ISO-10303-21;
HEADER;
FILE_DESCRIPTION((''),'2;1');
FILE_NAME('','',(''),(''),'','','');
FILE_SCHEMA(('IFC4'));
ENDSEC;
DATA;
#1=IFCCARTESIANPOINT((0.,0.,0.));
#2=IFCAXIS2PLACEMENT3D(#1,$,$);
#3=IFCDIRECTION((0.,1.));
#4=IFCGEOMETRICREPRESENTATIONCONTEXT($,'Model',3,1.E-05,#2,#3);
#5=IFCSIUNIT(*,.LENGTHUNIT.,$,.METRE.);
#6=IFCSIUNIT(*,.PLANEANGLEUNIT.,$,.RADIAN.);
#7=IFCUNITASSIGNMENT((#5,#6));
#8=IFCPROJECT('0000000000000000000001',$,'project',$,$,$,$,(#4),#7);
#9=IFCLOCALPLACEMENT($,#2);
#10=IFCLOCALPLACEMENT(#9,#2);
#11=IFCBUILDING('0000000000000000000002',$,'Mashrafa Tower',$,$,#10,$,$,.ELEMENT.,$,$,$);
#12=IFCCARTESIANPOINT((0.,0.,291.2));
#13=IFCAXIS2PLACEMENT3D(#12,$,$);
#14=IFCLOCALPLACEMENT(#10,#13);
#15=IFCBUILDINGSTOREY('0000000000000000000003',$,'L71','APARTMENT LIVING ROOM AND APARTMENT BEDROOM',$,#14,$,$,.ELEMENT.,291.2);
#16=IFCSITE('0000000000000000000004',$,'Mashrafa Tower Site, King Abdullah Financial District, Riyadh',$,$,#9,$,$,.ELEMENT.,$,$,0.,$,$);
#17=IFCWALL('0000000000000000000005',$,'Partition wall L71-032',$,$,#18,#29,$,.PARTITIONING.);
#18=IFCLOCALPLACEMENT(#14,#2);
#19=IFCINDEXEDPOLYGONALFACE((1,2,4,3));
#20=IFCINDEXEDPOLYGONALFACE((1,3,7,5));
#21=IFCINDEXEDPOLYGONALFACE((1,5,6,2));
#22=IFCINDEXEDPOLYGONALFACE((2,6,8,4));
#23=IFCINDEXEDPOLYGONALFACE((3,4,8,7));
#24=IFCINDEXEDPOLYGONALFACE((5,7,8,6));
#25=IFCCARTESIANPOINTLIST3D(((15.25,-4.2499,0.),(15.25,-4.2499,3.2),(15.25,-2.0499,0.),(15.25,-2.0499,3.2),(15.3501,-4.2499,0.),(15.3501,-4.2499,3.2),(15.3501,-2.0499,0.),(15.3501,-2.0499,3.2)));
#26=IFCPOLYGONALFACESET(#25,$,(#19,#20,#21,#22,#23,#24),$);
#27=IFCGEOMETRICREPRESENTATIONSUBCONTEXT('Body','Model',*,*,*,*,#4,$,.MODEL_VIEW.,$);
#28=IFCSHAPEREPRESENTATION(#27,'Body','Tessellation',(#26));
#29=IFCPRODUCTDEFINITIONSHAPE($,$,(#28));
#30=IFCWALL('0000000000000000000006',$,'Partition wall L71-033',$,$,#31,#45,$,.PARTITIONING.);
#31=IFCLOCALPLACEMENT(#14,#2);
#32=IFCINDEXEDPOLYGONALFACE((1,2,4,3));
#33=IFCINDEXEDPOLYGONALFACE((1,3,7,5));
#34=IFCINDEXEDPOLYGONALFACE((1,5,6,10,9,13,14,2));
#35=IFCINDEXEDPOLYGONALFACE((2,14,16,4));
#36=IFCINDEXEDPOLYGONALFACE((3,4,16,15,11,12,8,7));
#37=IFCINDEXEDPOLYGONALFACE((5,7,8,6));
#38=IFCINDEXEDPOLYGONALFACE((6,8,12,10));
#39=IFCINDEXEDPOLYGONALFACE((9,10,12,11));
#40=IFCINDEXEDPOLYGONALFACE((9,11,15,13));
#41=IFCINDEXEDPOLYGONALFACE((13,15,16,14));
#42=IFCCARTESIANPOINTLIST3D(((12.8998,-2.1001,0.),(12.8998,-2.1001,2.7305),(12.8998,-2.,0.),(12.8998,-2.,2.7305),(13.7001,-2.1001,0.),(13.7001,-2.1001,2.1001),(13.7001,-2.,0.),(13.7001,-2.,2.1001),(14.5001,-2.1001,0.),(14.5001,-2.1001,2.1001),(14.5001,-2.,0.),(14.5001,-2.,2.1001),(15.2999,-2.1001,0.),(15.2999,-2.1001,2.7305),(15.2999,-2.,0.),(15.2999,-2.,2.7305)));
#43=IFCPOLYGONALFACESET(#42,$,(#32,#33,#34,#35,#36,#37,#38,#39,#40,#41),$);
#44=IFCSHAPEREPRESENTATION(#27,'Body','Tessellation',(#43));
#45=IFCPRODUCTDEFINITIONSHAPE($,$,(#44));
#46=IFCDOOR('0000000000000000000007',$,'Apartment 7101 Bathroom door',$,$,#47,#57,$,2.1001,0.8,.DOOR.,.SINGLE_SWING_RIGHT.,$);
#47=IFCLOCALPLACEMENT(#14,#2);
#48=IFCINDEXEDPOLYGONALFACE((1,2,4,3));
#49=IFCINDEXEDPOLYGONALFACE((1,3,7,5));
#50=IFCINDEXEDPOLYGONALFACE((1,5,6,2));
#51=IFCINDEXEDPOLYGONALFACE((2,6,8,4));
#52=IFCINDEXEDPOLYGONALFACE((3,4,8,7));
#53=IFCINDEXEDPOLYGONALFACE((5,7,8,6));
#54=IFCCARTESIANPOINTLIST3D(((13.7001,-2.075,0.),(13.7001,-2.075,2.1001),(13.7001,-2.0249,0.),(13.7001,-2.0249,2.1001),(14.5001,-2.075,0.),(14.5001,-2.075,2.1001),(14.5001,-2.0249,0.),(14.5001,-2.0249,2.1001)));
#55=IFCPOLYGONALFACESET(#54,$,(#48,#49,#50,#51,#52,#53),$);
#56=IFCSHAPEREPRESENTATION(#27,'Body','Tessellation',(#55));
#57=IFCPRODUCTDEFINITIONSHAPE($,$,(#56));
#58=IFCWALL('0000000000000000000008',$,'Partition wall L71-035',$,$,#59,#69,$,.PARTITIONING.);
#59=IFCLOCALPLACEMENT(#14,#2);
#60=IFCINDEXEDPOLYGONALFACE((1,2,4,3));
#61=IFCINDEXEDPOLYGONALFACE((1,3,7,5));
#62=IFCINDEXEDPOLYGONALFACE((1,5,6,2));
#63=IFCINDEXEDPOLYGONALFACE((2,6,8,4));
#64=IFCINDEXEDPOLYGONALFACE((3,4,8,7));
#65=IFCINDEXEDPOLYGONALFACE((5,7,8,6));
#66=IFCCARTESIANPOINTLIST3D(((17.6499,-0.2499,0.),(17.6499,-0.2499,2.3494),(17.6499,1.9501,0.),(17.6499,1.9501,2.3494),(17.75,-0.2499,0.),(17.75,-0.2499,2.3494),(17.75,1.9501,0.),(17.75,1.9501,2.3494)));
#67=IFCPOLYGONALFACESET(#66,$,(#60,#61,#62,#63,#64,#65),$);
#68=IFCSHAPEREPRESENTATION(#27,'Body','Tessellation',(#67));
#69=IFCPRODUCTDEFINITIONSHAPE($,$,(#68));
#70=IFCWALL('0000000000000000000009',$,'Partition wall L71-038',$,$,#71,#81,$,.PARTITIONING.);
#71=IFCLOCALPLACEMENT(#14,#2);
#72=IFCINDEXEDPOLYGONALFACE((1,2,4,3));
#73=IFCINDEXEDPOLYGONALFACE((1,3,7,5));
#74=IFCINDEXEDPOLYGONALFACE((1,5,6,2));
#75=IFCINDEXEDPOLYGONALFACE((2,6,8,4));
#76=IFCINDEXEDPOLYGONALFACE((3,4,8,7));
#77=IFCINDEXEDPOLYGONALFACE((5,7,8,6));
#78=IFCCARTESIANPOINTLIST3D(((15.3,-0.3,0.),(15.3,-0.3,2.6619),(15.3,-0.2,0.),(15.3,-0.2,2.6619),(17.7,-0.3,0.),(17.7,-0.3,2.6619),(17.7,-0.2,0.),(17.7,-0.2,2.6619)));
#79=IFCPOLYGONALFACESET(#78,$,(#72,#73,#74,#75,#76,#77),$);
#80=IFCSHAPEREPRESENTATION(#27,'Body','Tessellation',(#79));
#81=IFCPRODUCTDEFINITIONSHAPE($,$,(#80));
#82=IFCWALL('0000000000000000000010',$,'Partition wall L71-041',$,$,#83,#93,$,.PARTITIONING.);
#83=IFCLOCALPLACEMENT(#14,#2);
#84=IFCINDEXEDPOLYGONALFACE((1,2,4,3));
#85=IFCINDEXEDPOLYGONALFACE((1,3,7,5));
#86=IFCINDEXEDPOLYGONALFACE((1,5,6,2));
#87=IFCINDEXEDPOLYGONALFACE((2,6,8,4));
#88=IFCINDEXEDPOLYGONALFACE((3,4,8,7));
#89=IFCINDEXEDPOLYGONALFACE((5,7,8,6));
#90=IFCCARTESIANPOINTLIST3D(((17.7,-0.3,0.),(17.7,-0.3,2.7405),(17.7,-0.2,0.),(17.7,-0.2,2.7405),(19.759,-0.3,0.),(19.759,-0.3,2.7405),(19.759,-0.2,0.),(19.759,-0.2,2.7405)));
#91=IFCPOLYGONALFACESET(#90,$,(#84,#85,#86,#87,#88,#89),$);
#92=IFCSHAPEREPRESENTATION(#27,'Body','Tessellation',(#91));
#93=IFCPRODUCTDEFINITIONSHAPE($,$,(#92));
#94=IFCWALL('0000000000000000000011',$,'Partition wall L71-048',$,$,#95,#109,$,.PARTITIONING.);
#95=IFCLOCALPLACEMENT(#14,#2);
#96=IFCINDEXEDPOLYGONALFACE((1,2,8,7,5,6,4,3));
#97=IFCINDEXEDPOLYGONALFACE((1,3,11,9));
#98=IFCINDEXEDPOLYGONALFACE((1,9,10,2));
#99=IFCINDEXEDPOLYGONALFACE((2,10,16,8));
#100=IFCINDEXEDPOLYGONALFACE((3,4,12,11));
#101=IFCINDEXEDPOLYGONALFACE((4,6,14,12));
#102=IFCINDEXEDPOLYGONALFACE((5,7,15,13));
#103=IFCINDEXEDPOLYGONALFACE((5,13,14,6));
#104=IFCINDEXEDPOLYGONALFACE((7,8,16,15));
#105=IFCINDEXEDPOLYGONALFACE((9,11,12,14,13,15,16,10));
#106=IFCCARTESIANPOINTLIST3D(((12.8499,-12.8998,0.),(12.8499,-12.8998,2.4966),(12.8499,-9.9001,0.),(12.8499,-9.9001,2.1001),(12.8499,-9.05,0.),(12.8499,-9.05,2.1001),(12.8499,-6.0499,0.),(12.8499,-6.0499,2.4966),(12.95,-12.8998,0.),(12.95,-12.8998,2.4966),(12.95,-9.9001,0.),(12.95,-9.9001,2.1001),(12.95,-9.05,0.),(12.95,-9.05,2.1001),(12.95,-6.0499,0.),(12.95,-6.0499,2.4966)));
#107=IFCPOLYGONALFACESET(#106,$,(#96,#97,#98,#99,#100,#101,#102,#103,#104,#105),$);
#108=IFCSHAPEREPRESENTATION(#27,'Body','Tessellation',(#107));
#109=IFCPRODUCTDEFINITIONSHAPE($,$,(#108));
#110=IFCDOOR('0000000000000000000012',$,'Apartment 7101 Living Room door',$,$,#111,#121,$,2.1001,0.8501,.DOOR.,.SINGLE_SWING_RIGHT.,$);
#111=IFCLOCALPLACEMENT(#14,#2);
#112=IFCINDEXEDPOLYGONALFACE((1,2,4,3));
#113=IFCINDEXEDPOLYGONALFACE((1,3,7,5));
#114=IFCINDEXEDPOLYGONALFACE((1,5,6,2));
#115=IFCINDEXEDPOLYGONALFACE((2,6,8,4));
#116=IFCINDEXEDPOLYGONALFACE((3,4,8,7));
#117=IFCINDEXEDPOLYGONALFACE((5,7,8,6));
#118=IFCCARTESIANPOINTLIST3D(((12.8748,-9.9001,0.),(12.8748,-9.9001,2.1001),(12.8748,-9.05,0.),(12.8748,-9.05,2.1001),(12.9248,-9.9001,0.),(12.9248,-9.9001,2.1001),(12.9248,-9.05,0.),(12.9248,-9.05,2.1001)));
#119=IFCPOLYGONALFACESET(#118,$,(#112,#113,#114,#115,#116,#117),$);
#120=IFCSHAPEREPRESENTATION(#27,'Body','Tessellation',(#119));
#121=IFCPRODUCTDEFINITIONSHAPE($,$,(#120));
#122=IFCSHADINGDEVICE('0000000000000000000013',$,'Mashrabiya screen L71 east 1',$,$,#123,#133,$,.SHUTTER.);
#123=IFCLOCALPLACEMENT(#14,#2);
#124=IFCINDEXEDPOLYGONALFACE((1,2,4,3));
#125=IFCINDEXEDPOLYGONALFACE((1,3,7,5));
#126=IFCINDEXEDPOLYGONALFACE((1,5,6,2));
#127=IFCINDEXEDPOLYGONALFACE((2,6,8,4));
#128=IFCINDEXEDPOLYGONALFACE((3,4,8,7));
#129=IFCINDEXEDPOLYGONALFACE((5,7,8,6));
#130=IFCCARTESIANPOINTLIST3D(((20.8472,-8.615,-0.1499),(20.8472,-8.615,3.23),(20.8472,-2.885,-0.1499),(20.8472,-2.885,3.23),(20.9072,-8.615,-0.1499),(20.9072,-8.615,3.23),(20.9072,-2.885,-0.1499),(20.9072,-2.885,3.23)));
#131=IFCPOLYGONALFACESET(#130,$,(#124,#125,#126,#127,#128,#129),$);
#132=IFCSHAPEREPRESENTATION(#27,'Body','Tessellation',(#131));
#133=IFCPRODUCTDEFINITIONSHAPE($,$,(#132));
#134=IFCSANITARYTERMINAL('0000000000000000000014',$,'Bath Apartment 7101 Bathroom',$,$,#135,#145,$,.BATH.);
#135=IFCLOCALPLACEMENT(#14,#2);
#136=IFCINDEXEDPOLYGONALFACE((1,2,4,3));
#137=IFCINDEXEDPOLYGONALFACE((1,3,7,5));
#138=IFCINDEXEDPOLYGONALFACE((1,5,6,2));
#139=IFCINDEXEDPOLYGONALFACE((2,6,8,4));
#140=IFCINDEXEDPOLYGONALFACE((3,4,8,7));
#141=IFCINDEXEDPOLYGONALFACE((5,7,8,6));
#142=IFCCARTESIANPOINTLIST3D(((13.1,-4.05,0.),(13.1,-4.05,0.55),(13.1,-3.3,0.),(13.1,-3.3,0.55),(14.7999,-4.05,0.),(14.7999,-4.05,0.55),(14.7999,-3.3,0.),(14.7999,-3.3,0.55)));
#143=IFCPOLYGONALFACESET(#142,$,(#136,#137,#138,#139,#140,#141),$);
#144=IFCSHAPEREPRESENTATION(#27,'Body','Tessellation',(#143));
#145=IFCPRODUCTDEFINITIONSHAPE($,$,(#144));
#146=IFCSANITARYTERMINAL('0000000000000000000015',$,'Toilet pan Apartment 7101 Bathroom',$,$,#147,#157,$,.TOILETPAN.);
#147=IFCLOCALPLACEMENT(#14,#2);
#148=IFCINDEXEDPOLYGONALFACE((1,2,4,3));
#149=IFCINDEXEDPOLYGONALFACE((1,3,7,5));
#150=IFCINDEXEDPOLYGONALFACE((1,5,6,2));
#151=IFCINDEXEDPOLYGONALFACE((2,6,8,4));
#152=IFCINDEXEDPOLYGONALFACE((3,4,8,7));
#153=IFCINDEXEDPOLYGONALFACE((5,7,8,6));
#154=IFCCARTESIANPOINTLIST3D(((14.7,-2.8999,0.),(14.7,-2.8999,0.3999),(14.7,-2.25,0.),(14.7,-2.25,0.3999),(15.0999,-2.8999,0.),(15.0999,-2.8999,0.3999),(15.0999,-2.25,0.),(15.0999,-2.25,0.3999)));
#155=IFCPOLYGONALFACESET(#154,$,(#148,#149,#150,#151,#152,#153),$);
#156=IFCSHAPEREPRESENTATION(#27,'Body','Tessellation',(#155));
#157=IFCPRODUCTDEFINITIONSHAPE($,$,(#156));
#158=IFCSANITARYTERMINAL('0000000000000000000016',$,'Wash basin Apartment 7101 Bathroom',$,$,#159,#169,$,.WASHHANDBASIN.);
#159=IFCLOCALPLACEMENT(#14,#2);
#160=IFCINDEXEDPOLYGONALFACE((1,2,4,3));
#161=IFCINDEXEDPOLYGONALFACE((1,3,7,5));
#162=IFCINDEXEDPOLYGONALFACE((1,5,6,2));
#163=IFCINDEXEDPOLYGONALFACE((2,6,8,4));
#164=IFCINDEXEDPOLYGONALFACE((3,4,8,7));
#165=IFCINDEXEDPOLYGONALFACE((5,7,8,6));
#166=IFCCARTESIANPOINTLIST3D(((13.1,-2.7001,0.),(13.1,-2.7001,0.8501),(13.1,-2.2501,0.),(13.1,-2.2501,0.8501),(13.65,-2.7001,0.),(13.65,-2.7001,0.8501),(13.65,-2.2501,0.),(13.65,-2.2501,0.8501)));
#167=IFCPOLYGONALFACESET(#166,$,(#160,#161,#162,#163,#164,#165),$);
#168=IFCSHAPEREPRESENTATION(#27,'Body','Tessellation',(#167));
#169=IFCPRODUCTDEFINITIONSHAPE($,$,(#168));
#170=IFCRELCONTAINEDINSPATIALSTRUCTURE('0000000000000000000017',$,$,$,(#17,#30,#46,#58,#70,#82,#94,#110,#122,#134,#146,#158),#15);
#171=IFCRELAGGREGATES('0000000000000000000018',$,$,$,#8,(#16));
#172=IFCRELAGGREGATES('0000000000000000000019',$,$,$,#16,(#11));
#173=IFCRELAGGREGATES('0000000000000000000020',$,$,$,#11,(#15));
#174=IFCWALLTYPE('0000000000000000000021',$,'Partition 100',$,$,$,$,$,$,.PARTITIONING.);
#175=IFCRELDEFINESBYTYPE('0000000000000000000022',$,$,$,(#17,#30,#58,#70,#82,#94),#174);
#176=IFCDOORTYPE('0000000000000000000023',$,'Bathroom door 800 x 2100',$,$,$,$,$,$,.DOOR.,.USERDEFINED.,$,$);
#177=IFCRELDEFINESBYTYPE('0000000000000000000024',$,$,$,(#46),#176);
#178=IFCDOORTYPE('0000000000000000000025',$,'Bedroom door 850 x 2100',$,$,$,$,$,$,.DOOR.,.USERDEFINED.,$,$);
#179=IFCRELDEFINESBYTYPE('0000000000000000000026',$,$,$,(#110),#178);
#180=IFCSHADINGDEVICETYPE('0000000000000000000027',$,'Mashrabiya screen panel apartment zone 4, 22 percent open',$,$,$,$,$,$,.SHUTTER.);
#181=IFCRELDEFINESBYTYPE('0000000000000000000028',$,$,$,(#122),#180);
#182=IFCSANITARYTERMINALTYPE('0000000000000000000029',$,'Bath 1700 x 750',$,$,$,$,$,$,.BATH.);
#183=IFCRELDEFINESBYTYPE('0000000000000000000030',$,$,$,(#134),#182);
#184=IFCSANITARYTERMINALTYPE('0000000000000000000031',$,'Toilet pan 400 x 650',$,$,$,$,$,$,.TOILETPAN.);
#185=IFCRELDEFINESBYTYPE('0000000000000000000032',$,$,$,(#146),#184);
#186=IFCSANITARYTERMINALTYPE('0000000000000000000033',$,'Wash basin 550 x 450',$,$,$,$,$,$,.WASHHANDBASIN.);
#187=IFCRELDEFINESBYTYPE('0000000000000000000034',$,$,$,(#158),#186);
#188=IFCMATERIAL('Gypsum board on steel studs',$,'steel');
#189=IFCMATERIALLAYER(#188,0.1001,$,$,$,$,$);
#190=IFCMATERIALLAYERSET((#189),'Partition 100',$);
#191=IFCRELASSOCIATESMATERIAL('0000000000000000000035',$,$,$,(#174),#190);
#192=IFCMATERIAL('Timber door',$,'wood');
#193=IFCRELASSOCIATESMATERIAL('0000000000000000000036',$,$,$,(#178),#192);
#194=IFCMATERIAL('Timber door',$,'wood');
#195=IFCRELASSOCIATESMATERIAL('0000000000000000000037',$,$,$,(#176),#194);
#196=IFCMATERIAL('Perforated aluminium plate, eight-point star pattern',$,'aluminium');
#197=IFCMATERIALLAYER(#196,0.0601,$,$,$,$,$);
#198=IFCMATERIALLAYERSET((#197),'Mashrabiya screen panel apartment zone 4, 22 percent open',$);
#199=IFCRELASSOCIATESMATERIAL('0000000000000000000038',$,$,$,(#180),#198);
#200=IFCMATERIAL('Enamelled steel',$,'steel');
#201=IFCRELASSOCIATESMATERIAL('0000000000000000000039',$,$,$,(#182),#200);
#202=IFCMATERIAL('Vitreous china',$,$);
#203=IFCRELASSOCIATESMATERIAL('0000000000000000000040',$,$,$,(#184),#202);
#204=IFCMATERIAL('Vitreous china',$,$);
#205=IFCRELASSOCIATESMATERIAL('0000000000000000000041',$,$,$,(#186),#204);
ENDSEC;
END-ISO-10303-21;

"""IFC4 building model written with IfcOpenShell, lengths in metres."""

from ifc_helpers import new_model, si_unit, direction, frame, frame_2d, origin, origin_2d, place, context, subcontext, project, spatial, rectangle, extrude, source, transform, mapped, material, layer, layer_set, type_object, type_shapes, element, fill, save


model = new_model("IFC4")

# Units and contexts
model_context = context("Model", 3, precision=1e-05, world=origin(), true_north=direction((0.0, 1.0)))
body_context = subcontext(model_context, "Body", "Model", "MODEL_VIEW")
ifc_project = project(units=[si_unit("LENGTHUNIT", "METRE"), si_unit("PLANEANGLEUNIT", "RADIAN")], contexts=[model_context])

# Site, building, storey
site_placement = place(None, origin())
site = spatial("IfcSite", under=ifc_project, at=site_placement, Name="Mashrafa Tower Site, King Abdullah Financial District, Riyadh", CompositionType="ELEMENT", RefElevation=0.0)
building_placement = place(site_placement, origin())
building = spatial("IfcBuilding", under=site, at=building_placement, Name="Mashrafa Tower", CompositionType="ELEMENT")
storey_placement = place(building_placement, frame((0.0, 0.0, 291.2)))
storey = spatial("IfcBuildingStorey", under=building, at=storey_placement, Name="L71", Description="APARTMENT LIVING ROOM AND APARTMENT BEDROOM", CompositionType="ELEMENT", Elevation=291.2)

# Shared definitions
ifc_material_1 = material(Name="Gypsum board on steel studs", Category="steel")
ifc_layer_1 = layer(ifc_material_1, 0.1001)
ifc_layer_set_1 = layer_set([ifc_layer_1], Name="Partition 100")
wall_type_1 = type_object("IfcWallType", Name="Partition 100", PredefinedType="PARTITIONING", material=ifc_layer_set_1)

# Shared definitions
ifc_material_2 = material(Name="Timber door", Category="wood")
door_type_1 = type_object("IfcDoorType", Name="Bedroom door 850 x 2100", OperationType="USERDEFINED", PredefinedType="DOOR", material=ifc_material_2)

# Wall
wall_1_placement = place(storey_placement, frame((15.3, -4.25, 0.0), z_axis=(0.0, 0.0, 1.0), x_axis=(0.0, 1.0, 0.0)))
element("IfcWall", 1, at=wall_1_placement, inside=storey, type_object=wall_type_1, Name="Partition wall L71-032", PredefinedType="PARTITIONING", context=body_context, shape_type="SweptSolid", body=[
    extrude(rectangle(XDim=2.2, YDim=0.1001, at=frame_2d((1.1001, 0.0))), origin(), (0.0, 0.0, 1.0), 3.2),
])

# Wall, opening, door
wall_2_placement = place(storey_placement, frame((15.3, -2.05, 0.0), z_axis=(0.0, 0.0, 1.0), x_axis=(-1.0, 0.0, 0.0)))
wall_2 = element("IfcWall", 2, at=wall_2_placement, inside=storey, type_object=wall_type_1, Name="Partition wall L71-033", PredefinedType="PARTITIONING", context=body_context, shape_type="SweptSolid", body=[
    extrude(rectangle(XDim=2.4001, YDim=0.1001, at=frame_2d((1.2002, 0.0))), origin(), (0.0, 0.0, 1.0), 2.7305),
])
opening_1_placement = place(wall_2_placement, frame((0.8, 0.0, 0.0)))
opening_1 = element("IfcOpeningElement", 3, at=opening_1_placement, cuts=wall_2, PredefinedType="OPENING", context=body_context, shape_type="SweptSolid", body=[
    extrude(rectangle(XDim=0.8, YDim=2.1001, at=frame_2d((0.3999, 1.05))), frame((0.0, 0.0601, 0.0), z_axis=(0.0, -1.0, 0.0), x_axis=(1.0, 0.0, 0.0)), (0.0, 0.0, 1.0), 0.1201),
])
ifc_material_3 = material(Name="Timber door", Category="wood")
door_type_2 = type_object("IfcDoorType", Name="Bathroom door 800 x 2100", OperationType="USERDEFINED", PredefinedType="DOOR", material=ifc_material_3)
door_1_placement = place(opening_1_placement, origin())
door_1 = element("IfcDoor", 4, at=door_1_placement, inside=storey, type_object=door_type_2, Name="Apartment 7101 Bathroom door", OperationType="SINGLE_SWING_RIGHT", OverallHeight=2.1001, OverallWidth=0.8, PredefinedType="DOOR", context=body_context, shape_type="SweptSolid", body=[
    extrude(rectangle(XDim=0.8, YDim=2.1001, at=frame_2d((0.3999, 1.05))), frame((0.0, 0.0249, 0.0), z_axis=(0.0, -1.0, 0.0), x_axis=(1.0, 0.0, 0.0)), (0.0, 0.0, 1.0), 0.05),
])
fill(opening_1, door_1)

# Walls
wall_3_placement = place(storey_placement, frame((17.7, -0.25, 0.0), z_axis=(0.0, 0.0, 1.0), x_axis=(0.0, 1.0, 0.0)))
element("IfcWall", 5, at=wall_3_placement, inside=storey, type_object=wall_type_1, Name="Partition wall L71-035", PredefinedType="PARTITIONING", context=body_context, shape_type="SweptSolid", body=[
    extrude(rectangle(XDim=2.2, YDim=0.1001, at=frame_2d((1.1001, 0.0))), origin(), (0.0, 0.0, 1.0), 2.3494),
])
wall_4_placement = place(storey_placement, frame((15.3, -0.25, 0.0), z_axis=(0.0, 0.0, 1.0), x_axis=(1.0, 0.0, 0.0)))
element("IfcWall", 6, at=wall_4_placement, inside=storey, type_object=wall_type_1, Name="Partition wall L71-038", PredefinedType="PARTITIONING", context=body_context, shape_type="SweptSolid", body=[
    extrude(rectangle(XDim=2.3999, YDim=0.1001, at=frame_2d((1.2, 0.0))), origin(), (0.0, 0.0, 1.0), 2.6619),
])
wall_5_placement = place(storey_placement, frame((17.7, -0.25, 0.0), z_axis=(0.0, 0.0, 1.0), x_axis=(1.0, 0.0, 0.0)))
element("IfcWall", 7, at=wall_5_placement, inside=storey, type_object=wall_type_1, Name="Partition wall L71-041", PredefinedType="PARTITIONING", context=body_context, shape_type="SweptSolid", body=[
    extrude(rectangle(XDim=2.0591, YDim=0.1001, at=frame_2d((1.0295, 0.0))), origin(), (0.0, 0.0, 1.0), 2.7405),
])

# Wall, opening, door
wall_6_placement = place(storey_placement, frame((12.8999, -6.05, 0.0), z_axis=(0.0, 0.0, 1.0), x_axis=(0.0, -1.0, 0.0)))
wall_6 = element("IfcWall", 8, at=wall_6_placement, inside=storey, type_object=wall_type_1, Name="Partition wall L71-048", PredefinedType="PARTITIONING", context=body_context, shape_type="SweptSolid", body=[
    extrude(rectangle(XDim=6.8499, YDim=0.1001, at=frame_2d((3.4248, 0.0))), origin(), (0.0, 0.0, 1.0), 2.4966),
])
opening_2_placement = place(wall_6_placement, frame((3.0, 0.0, 0.0)))
opening_2 = element("IfcOpeningElement", 9, at=opening_2_placement, cuts=wall_6, PredefinedType="OPENING", context=body_context, shape_type="SweptSolid", body=[
    extrude(rectangle(XDim=0.8501, YDim=2.1001, at=frame_2d((0.425, 1.05))), frame((0.0, 0.0601, 0.0), z_axis=(0.0, -1.0, 0.0), x_axis=(1.0, 0.0, 0.0)), (0.0, 0.0, 1.0), 0.1201),
])
door_2_placement = place(opening_2_placement, origin())
door_2 = element("IfcDoor", 10, at=door_2_placement, inside=storey, type_object=door_type_1, Name="Apartment 7101 Living Room door", OperationType="SINGLE_SWING_RIGHT", OverallHeight=2.1001, OverallWidth=0.8501, PredefinedType="DOOR", context=body_context, shape_type="SweptSolid", body=[
    extrude(rectangle(XDim=0.8501, YDim=2.1001, at=frame_2d((0.425, 1.05))), frame((0.0, 0.0249, 0.0), z_axis=(0.0, -1.0, 0.0), x_axis=(1.0, 0.0, 0.0)), (0.0, 0.0, 1.0), 0.05),
])
fill(opening_2, door_2)

# Shading device
ifc_material_4 = material(Name="Perforated aluminium plate, eight-point star pattern", Category="aluminium")
ifc_layer_2 = layer(ifc_material_4, 0.0601)
ifc_layer_set_2 = layer_set([ifc_layer_2], Name="Mashrabiya screen panel apartment zone 4, 22 percent open")
shading_device_type = type_object("IfcShadingDeviceType", Name="Mashrabiya screen panel apartment zone 4, 22 percent open", PredefinedType="SHUTTER", material=ifc_layer_set_2)
shared_shape_1 = source(origin(), body_context, "Body", "SweptSolid", [
    extrude(rectangle(XDim=5.73, YDim=0.0601, at=origin_2d()), origin(), (0.0, 0.0, 1.0), 3.3799),
])
type_shapes(shading_device_type, [shared_shape_1])
shading_device_placement = place(storey_placement, frame((20.8772, -5.75, -0.1499), z_axis=(0.0, 0.0, 1.0), x_axis=(0.0, 1.0, 0.0)))
element("IfcShadingDevice", 11, at=shading_device_placement, inside=storey, type_object=shading_device_type, Name="Mashrabiya screen L71 east 1", PredefinedType="SHUTTER", context=body_context, shape_type="MappedRepresentation", body=[
    mapped(shared_shape_1, transform((0.0, 0.0, 0.0))),
])

# Sanitary terminals
ifc_material_5 = material(Name="Enamelled steel", Category="steel")
sanitary_terminal_type_1 = type_object("IfcSanitaryTerminalType", Name="Bath 1700 x 750", PredefinedType="BATH", material=ifc_material_5)
sanitary_terminal_1_placement = place(storey_placement, frame((13.95, -3.675, 0.0), z_axis=(0.0, 0.0, 1.0), x_axis=(1.0, 0.0, 0.0)))
element("IfcSanitaryTerminal", 12, at=sanitary_terminal_1_placement, inside=storey, type_object=sanitary_terminal_type_1, Name="Bath Apartment 7101 Bathroom", PredefinedType="BATH", context=body_context, shape_type="SweptSolid", body=[
    extrude(rectangle(XDim=1.7, YDim=0.75, at=origin_2d()), origin(), (0.0, 0.0, 1.0), 0.55),
])
ifc_material_6 = material(Name="Vitreous china")
sanitary_terminal_type_2 = type_object("IfcSanitaryTerminalType", Name="Toilet pan 400 x 650", PredefinedType="TOILETPAN", material=ifc_material_6)
sanitary_terminal_2_placement = place(storey_placement, frame((14.8999, -2.575, 0.0), z_axis=(0.0, 0.0, 1.0), x_axis=(-1.0, 0.0, 0.0)))
element("IfcSanitaryTerminal", 13, at=sanitary_terminal_2_placement, inside=storey, type_object=sanitary_terminal_type_2, Name="Toilet pan Apartment 7101 Bathroom", PredefinedType="TOILETPAN", context=body_context, shape_type="SweptSolid", body=[
    extrude(rectangle(XDim=0.3999, YDim=0.6499, at=origin_2d()), origin(), (0.0, 0.0, 1.0), 0.3999),
])
ifc_material_7 = material(Name="Vitreous china")
sanitary_terminal_type_3 = type_object("IfcSanitaryTerminalType", Name="Wash basin 550 x 450", PredefinedType="WASHHANDBASIN", material=ifc_material_7)
sanitary_terminal_3_placement = place(storey_placement, frame((13.375, -2.4751, 0.0), z_axis=(0.0, 0.0, 1.0), x_axis=(-1.0, 0.0, 0.0)))
element("IfcSanitaryTerminal", 14, at=sanitary_terminal_3_placement, inside=storey, type_object=sanitary_terminal_type_3, Name="Wash basin Apartment 7101 Bathroom", PredefinedType="WASHHANDBASIN", context=body_context, shape_type="SweptSolid", body=[
    extrude(rectangle(XDim=0.55, YDim=0.45, at=origin_2d()), origin(), (0.0, 0.0, 1.0), 0.8501),
])

save(model, "model.ifc")
